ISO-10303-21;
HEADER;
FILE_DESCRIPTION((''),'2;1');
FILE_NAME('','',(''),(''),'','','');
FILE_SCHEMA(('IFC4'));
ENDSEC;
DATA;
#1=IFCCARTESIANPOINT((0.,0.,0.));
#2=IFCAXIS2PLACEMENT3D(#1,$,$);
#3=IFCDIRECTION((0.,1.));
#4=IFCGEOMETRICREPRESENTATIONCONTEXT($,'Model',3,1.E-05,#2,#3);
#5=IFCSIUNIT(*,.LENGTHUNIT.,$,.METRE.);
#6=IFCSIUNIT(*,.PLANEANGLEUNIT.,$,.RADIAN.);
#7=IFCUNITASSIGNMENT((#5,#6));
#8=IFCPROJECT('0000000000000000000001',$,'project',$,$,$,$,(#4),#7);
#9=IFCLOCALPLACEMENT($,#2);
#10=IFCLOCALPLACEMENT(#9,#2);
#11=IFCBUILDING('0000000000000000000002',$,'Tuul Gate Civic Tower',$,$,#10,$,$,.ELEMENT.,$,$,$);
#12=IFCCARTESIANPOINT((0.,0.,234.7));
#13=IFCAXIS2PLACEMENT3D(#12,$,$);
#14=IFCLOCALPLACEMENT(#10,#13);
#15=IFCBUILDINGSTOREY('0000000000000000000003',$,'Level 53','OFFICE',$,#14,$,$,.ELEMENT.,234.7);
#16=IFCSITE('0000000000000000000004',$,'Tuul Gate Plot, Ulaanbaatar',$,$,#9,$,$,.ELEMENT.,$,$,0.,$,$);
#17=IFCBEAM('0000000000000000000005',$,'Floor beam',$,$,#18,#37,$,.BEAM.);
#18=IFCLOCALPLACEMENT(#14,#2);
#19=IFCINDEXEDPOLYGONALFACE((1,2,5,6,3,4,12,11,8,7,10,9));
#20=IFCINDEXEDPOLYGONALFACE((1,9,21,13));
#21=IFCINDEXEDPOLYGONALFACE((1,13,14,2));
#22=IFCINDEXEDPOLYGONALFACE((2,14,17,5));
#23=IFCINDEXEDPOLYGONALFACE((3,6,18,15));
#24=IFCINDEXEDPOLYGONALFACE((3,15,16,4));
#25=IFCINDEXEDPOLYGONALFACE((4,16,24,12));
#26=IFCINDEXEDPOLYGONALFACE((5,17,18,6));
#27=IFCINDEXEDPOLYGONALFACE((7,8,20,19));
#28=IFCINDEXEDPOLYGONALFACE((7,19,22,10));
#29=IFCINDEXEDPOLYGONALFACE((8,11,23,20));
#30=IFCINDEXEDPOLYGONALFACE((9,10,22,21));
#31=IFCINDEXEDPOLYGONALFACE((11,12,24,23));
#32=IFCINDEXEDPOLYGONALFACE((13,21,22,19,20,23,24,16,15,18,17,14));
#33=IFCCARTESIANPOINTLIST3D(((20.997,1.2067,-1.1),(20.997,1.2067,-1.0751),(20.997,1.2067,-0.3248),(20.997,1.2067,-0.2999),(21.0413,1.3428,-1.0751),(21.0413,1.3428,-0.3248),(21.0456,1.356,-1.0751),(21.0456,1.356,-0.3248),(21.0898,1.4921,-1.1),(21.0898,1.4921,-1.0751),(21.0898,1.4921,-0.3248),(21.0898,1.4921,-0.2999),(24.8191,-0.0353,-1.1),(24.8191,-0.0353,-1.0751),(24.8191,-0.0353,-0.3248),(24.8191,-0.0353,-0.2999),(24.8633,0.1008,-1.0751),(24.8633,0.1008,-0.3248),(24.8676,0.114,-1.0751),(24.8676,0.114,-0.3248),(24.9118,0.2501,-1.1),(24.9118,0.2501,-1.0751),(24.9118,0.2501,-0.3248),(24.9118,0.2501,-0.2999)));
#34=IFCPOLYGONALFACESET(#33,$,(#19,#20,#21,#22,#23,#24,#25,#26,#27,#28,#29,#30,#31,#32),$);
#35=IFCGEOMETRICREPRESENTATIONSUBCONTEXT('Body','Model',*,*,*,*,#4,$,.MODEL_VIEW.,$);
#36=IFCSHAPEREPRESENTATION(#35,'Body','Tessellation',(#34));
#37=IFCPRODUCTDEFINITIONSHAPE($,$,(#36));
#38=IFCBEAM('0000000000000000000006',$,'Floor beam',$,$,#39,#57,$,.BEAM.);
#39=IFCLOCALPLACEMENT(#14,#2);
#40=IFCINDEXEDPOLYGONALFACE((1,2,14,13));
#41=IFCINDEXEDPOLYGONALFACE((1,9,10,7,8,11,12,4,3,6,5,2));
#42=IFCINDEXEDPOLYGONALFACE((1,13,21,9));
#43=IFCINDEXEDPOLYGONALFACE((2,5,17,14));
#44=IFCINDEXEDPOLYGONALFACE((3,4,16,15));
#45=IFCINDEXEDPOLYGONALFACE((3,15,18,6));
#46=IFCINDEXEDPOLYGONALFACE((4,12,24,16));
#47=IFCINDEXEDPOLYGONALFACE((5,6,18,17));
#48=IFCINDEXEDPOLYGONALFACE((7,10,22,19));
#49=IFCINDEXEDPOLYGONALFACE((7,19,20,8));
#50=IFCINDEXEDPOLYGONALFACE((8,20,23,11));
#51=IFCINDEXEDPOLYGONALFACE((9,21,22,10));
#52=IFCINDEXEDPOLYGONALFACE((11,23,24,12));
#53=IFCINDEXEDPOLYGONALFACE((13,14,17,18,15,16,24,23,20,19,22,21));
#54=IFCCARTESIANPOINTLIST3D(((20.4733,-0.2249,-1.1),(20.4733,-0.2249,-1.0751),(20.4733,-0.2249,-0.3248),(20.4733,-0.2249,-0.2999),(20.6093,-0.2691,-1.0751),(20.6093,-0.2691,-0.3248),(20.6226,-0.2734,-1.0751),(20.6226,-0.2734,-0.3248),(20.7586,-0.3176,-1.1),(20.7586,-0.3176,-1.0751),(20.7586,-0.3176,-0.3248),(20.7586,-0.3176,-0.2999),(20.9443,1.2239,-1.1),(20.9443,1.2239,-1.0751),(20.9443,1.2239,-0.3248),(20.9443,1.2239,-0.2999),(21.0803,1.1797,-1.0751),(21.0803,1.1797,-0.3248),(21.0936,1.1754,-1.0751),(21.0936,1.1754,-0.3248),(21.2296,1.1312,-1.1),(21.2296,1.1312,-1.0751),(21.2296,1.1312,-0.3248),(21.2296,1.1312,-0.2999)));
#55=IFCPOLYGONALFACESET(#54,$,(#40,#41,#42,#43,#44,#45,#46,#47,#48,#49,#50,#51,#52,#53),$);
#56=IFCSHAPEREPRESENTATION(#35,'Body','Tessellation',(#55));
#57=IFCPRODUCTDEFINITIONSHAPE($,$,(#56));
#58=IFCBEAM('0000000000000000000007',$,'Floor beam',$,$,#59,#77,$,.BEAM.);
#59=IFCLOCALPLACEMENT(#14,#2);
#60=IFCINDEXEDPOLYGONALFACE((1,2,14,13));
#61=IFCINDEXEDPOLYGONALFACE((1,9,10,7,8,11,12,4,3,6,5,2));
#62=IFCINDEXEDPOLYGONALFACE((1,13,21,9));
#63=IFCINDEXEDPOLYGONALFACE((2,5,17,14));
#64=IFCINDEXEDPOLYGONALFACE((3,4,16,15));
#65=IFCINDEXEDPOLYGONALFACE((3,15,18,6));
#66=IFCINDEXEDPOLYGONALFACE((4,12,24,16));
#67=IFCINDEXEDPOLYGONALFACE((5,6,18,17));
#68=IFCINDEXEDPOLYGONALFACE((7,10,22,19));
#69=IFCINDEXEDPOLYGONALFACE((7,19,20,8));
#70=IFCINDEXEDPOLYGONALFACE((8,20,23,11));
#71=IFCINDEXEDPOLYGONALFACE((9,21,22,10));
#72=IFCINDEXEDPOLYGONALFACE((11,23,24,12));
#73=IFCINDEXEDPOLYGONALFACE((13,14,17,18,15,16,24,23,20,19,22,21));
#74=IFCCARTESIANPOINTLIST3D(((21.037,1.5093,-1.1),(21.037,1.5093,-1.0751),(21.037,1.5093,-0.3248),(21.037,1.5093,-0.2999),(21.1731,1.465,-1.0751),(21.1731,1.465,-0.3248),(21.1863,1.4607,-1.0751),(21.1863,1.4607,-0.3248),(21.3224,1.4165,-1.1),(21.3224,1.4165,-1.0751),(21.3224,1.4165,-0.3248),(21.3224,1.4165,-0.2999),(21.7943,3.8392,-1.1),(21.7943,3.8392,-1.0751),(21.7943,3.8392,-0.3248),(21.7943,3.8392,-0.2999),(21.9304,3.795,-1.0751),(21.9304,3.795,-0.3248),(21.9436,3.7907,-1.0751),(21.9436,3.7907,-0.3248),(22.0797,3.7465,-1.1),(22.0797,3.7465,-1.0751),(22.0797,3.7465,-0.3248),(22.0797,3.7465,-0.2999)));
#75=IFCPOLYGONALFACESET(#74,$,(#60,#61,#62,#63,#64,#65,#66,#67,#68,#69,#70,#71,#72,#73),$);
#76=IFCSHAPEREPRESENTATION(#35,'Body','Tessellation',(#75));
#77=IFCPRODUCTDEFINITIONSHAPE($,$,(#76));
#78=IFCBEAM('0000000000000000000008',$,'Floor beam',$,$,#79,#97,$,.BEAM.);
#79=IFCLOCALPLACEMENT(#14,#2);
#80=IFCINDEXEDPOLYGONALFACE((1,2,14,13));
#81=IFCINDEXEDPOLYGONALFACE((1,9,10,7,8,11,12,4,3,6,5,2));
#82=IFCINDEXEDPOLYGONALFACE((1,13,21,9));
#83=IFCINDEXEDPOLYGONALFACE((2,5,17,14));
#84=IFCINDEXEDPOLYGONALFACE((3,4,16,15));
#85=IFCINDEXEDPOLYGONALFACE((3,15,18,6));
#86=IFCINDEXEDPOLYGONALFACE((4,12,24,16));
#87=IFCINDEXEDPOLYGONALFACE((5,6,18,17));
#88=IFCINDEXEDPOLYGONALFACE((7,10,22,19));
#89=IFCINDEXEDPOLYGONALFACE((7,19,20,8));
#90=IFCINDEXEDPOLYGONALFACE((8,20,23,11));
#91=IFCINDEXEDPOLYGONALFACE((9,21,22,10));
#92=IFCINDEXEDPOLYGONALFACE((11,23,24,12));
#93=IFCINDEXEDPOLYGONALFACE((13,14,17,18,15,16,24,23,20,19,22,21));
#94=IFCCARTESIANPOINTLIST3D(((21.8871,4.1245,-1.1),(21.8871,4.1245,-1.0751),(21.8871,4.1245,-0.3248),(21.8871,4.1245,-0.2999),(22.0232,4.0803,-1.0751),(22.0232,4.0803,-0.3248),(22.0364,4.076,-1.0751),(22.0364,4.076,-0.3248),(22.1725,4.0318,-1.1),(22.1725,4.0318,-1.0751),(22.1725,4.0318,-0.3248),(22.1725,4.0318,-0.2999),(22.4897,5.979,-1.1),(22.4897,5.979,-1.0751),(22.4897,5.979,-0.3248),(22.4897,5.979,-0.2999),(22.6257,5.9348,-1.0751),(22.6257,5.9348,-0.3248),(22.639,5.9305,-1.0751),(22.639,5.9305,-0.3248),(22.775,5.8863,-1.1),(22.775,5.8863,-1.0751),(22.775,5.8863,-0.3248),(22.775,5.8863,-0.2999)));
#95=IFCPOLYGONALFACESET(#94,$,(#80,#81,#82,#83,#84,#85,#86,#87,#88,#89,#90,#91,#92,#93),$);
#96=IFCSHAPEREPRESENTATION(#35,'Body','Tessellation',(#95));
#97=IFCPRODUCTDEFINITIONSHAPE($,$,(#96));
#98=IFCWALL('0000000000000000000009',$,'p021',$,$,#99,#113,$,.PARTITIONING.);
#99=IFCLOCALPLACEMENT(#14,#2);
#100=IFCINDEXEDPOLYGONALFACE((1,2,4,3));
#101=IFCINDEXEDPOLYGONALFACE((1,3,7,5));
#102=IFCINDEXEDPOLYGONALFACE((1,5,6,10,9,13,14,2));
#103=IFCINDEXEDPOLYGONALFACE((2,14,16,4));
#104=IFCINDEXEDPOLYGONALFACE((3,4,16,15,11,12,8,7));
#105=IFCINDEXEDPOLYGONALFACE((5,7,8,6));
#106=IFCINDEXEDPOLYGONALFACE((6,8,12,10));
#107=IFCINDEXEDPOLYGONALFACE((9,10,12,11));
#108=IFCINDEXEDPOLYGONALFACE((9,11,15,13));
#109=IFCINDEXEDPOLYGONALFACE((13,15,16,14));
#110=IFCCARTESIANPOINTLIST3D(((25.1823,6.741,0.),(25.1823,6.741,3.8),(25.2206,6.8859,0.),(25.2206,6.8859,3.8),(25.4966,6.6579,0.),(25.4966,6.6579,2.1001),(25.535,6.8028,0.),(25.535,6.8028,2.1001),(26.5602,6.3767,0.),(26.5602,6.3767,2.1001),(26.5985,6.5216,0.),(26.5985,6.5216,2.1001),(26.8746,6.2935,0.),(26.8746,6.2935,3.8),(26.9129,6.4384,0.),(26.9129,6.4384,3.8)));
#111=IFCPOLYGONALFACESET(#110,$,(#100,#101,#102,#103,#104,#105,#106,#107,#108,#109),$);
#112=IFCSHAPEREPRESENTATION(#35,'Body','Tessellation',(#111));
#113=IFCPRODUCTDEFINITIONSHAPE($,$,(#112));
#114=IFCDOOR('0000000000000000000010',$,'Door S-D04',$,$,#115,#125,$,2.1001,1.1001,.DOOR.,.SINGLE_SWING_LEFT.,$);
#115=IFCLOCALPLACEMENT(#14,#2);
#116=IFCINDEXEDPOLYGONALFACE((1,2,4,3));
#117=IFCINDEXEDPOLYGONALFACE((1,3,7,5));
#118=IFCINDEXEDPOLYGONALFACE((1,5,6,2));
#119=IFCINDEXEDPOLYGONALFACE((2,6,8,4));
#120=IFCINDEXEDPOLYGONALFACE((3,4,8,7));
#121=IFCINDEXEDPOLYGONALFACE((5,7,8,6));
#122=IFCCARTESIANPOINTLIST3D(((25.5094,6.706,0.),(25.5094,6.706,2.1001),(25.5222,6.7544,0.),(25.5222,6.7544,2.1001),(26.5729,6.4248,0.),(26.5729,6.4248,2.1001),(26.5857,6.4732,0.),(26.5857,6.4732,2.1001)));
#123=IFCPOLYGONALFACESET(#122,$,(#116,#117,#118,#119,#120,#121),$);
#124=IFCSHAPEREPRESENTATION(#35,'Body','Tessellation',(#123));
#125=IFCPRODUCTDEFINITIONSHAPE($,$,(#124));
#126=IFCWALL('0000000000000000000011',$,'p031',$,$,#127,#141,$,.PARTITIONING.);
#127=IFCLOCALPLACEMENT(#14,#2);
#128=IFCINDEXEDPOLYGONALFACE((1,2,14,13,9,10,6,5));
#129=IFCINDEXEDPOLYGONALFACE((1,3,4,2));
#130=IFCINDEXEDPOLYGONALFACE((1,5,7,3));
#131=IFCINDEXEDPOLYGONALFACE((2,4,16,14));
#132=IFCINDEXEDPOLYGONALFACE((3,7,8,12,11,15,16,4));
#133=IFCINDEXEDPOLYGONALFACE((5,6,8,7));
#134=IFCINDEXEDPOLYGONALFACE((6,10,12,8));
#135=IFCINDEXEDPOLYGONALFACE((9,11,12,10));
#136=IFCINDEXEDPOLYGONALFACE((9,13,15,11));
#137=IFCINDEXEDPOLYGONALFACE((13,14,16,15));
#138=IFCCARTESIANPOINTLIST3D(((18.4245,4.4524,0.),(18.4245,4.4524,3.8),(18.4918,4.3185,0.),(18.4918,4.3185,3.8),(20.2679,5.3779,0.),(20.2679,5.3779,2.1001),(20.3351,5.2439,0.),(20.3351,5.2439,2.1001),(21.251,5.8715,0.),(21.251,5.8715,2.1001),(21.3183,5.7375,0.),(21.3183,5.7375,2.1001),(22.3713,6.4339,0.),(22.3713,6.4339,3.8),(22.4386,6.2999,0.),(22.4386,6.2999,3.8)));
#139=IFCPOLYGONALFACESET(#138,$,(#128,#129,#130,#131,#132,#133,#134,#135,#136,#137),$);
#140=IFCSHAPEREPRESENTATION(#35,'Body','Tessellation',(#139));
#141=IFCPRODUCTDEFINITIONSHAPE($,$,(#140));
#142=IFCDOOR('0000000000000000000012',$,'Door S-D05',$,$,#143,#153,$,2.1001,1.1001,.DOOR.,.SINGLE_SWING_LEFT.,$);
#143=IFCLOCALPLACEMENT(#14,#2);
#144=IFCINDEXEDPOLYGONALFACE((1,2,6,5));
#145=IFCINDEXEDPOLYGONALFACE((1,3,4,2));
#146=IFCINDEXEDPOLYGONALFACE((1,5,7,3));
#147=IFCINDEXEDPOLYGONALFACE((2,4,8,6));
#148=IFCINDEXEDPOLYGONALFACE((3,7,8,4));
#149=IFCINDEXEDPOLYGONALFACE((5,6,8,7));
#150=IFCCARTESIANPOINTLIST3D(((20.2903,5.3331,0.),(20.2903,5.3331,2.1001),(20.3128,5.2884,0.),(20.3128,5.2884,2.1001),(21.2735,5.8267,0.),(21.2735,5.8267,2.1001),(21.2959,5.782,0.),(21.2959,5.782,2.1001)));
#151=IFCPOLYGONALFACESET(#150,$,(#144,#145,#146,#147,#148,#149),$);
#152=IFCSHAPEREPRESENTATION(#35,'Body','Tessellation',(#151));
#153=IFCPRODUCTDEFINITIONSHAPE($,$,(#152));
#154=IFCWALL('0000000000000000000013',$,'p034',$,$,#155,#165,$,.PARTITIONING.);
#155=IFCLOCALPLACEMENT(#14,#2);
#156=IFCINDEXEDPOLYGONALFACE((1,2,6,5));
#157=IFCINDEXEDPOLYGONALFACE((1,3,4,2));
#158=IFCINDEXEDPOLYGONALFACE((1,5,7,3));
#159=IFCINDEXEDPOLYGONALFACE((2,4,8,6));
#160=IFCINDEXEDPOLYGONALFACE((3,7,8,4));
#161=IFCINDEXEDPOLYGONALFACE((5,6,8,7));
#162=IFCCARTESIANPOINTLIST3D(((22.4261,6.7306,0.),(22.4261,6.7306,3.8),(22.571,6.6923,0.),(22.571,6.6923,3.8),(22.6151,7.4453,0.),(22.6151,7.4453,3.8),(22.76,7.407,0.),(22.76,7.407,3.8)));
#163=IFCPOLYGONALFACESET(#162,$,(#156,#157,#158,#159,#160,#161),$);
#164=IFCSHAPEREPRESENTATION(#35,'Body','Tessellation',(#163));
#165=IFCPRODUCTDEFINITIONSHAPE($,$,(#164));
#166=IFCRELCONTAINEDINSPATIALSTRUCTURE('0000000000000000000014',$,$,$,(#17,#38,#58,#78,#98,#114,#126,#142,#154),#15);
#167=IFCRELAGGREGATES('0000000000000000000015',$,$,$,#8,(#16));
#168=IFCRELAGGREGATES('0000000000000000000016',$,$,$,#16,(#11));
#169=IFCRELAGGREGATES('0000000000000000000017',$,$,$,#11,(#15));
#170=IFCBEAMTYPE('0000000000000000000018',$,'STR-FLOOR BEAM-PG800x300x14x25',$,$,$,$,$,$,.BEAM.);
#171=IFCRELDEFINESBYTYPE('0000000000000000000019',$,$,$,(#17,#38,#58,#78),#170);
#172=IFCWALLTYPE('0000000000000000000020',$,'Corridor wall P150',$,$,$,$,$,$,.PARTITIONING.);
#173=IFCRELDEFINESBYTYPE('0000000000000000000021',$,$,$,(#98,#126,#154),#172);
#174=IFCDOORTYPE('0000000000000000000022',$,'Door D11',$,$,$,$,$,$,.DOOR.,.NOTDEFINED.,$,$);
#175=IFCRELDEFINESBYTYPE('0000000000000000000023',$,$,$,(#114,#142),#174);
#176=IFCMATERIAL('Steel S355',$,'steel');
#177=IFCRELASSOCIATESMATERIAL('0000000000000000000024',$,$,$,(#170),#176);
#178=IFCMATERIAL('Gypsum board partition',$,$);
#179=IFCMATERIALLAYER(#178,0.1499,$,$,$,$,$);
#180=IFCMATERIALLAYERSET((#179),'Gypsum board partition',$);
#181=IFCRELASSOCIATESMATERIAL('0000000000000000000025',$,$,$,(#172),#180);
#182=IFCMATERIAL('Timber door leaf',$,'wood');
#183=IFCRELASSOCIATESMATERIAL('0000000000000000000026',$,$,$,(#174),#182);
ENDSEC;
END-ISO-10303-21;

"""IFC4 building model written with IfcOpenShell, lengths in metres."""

from ifc_helpers import new_model, si_unit, direction, frame, frame_2d, origin, origin_2d, place, context, subcontext, project, spatial, rectangle, i_section, extrude, material, layer, layer_set, material_profile, profile_set, type_object, element, fill, save


model = new_model("IFC4")

# Units and contexts
model_context = context("Model", 3, precision=1e-05, world=origin(), true_north=direction((0.0, 1.0)))
body_context = subcontext(model_context, "Body", "Model", "MODEL_VIEW")
ifc_project = project(units=[si_unit("LENGTHUNIT", "METRE"), si_unit("PLANEANGLEUNIT", "RADIAN")], contexts=[model_context])

# Site, building, storey
site_placement = place(None, origin())
site = spatial("IfcSite", under=ifc_project, at=site_placement, Name="Tuul Gate Plot, Ulaanbaatar", CompositionType="ELEMENT", RefElevation=0.0)
building_placement = place(site_placement, origin())
building = spatial("IfcBuilding", under=site, at=building_placement, Name="Tuul Gate Civic Tower", CompositionType="ELEMENT")
storey_placement = place(building_placement, frame((0.0, 0.0, 234.7)))
storey = spatial("IfcBuildingStorey", under=building, at=storey_placement, Name="Level 53", Description="OFFICE", CompositionType="ELEMENT", Elevation=234.7)

# Beams
ifc_material_1 = material(Name="Steel S355", Category="steel")
ifc_material_profile = material_profile(ifc_material_1, i_section(OverallWidth=0.3, OverallDepth=0.8, WebThickness=0.0139, FlangeThickness=0.0249, at=origin_2d()), Name="PG800x300x14x25")
ifc_profile_set = profile_set([ifc_material_profile], Name="Steel S355")
beam_type = type_object("IfcBeamType", Name="STR-FLOOR BEAM-PG800x300x14x25", PredefinedType="BEAM", material=ifc_profile_set)
beam_1_placement = place(storey_placement, frame((24.8655, 0.1074, -0.7), z_axis=(-0.95105, 0.309038, 0.0), x_axis=(-0.309038, -0.95105, 0.0)))
element("IfcBeam", 1, at=beam_1_placement, inside=storey, type_object=beam_type, Name="Floor beam", PredefinedType="BEAM", context=body_context, shape_type="SweptSolid", body=[
    extrude(i_section(OverallWidth=0.3, OverallDepth=0.8, WebThickness=0.0139, FlangeThickness=0.0249, at=origin_2d()), origin(), (0.0, 0.0, 1.0), 4.0188),
])
beam_2_placement = place(storey_placement, frame((20.616, -0.2712, -0.7), z_axis=(0.309151, 0.951013, 0.0), x_axis=(-0.951013, 0.309151, 0.0)))
element("IfcBeam", 2, at=beam_2_placement, inside=storey, type_object=beam_type, Name="Floor beam", PredefinedType="BEAM", context=body_context, shape_type="SweptSolid", body=[
    extrude(i_section(OverallWidth=0.3, OverallDepth=0.8, WebThickness=0.0139, FlangeThickness=0.0249, at=origin_2d()), origin(), (0.0, 0.0, 1.0), 1.5234),
])
beam_3_placement = place(storey_placement, frame((21.1797, 1.4629, -0.7), z_axis=(0.309104, 0.951028, 0.0), x_axis=(-0.951028, 0.309104, 0.0)))
element("IfcBeam", 3, at=beam_3_placement, inside=storey, type_object=beam_type, Name="Floor beam", PredefinedType="BEAM", context=body_context, shape_type="SweptSolid", body=[
    extrude(i_section(OverallWidth=0.3, OverallDepth=0.8, WebThickness=0.0139, FlangeThickness=0.0249, at=origin_2d()), origin(), (0.0, 0.0, 1.0), 2.45),
])
beam_4_placement = place(storey_placement, frame((22.0298, 4.0781, -0.7), z_axis=(0.309007, 0.95106, 0.0), x_axis=(-0.95106, 0.309007, 0.0)))
element("IfcBeam", 4, at=beam_4_placement, inside=storey, type_object=beam_type, Name="Floor beam", PredefinedType="BEAM", context=body_context, shape_type="SweptSolid", body=[
    extrude(i_section(OverallWidth=0.3, OverallDepth=0.8, WebThickness=0.0139, FlangeThickness=0.0249, at=origin_2d()), origin(), (0.0, 0.0, 1.0), 1.95),
])

# Walls, openings, doors
ifc_material_2 = material(Name="Gypsum board partition")
ifc_layer_1 = layer(ifc_material_2, 0.1499)
ifc_layer_set_1 = layer_set([ifc_layer_1], Name="Gypsum board partition")
wall_type_1 = type_object("IfcWallType", Name="Corridor wall P150", PredefinedType="PARTITIONING", material=ifc_layer_set_1)
wall_1_placement = place(storey_placement, frame((25.2014, 6.8135, 0.0), z_axis=(0.0, 0.0, 1.0), x_axis=(0.966772, -0.25564, 0.0)))
wall_1 = element("IfcWall", 5, at=wall_1_placement, inside=storey, type_object=wall_type_1, Name="p021", PredefinedType="PARTITIONING", context=body_context, shape_type="SweptSolid", body=[
    extrude(rectangle(XDim=1.7505, YDim=0.1499, at=frame_2d((0.8752, 0.0))), origin(), (0.0, 0.0, 1.0), 3.8),
])
opening_1_placement = place(wall_1_placement, frame((0.3252, 0.0, 0.0)))
opening_1 = element("IfcOpeningElement", 6, at=opening_1_placement, cuts=wall_1, PredefinedType="OPENING", context=body_context, shape_type="SweptSolid", body=[
    extrude(rectangle(XDim=1.1001, YDim=2.1001, at=frame_2d((0.55, 1.05))), frame((0.0, 0.085, 0.0), z_axis=(0.0, -1.0, 0.0), x_axis=(1.0, 0.0, 0.0)), (0.0, 0.0, 1.0), 0.1699),
])
ifc_material_3 = material(Name="Timber door leaf", Category="wood")
door_type_1 = type_object("IfcDoorType", Name="Door D11", OperationType="NOTDEFINED", PredefinedType="DOOR", material=ifc_material_3)
door_1_placement = place(opening_1_placement, origin())
door_1 = element("IfcDoor", 7, at=door_1_placement, inside=storey, type_object=door_type_1, Name="Door S-D04", OperationType="SINGLE_SWING_LEFT", OverallHeight=2.1001, OverallWidth=1.1001, PredefinedType="DOOR", context=body_context, shape_type="SweptSolid", body=[
    extrude(rectangle(XDim=1.1001, YDim=2.1001, at=frame_2d((0.55, 1.05))), frame((0.0, 0.0249, 0.0), z_axis=(0.0, -1.0, 0.0), x_axis=(1.0, 0.0, 0.0)), (0.0, 0.0, 1.0), 0.05),
])
fill(opening_1, door_1)
wall_2_placement = place(storey_placement, frame((18.4583, 4.3855, 0.0), z_axis=(0.0, 0.0, 1.0), x_axis=(0.893696, 0.448672, 0.0)))
wall_2 = element("IfcWall", 8, at=wall_2_placement, inside=storey, type_object=wall_type_1, Name="p031", PredefinedType="PARTITIONING", context=body_context, shape_type="SweptSolid", body=[
    extrude(rectangle(XDim=4.4163, YDim=0.1499, at=frame_2d((2.208, 0.0))), origin(), (0.0, 0.0, 1.0), 3.8),
])
opening_2_placement = place(wall_2_placement, frame((2.0625, 0.0, 0.0)))
opening_2 = element("IfcOpeningElement", 9, at=opening_2_placement, cuts=wall_2, PredefinedType="OPENING", context=body_context, shape_type="SweptSolid", body=[
    extrude(rectangle(XDim=1.1001, YDim=2.1001, at=frame_2d((0.55, 1.05))), frame((0.0, 0.085, 0.0), z_axis=(0.0, -1.0, 0.0), x_axis=(1.0, 0.0, 0.0)), (0.0, 0.0, 1.0), 0.1699),
])
door_2_placement = place(opening_2_placement, origin())
door_2 = element("IfcDoor", 10, at=door_2_placement, inside=storey, type_object=door_type_1, Name="Door S-D05", OperationType="SINGLE_SWING_LEFT", OverallHeight=2.1001, OverallWidth=1.1001, PredefinedType="DOOR", context=body_context, shape_type="SweptSolid", body=[
    extrude(rectangle(XDim=1.1001, YDim=2.1001, at=frame_2d((0.55, 1.05))), frame((0.0, 0.0249, 0.0), z_axis=(0.0, -1.0, 0.0), x_axis=(1.0, 0.0, 0.0)), (0.0, 0.0, 1.0), 0.05),
])
fill(opening_2, door_2)

# Wall
wall_3_placement = place(storey_placement, frame((22.4985, 6.7114, 0.0), z_axis=(0.0, 0.0, 1.0), x_axis=(0.255647, 0.96677, 0.0)))
element("IfcWall", 11, at=wall_3_placement, inside=storey, type_object=wall_type_1, Name="p034", PredefinedType="PARTITIONING", context=body_context, shape_type="SweptSolid", body=[
    extrude(rectangle(XDim=0.7393, YDim=0.1499, at=frame_2d((0.3696, 0.0))), origin(), (0.0, 0.0, 1.0), 3.8),
])

save(model, "model.ifc")
